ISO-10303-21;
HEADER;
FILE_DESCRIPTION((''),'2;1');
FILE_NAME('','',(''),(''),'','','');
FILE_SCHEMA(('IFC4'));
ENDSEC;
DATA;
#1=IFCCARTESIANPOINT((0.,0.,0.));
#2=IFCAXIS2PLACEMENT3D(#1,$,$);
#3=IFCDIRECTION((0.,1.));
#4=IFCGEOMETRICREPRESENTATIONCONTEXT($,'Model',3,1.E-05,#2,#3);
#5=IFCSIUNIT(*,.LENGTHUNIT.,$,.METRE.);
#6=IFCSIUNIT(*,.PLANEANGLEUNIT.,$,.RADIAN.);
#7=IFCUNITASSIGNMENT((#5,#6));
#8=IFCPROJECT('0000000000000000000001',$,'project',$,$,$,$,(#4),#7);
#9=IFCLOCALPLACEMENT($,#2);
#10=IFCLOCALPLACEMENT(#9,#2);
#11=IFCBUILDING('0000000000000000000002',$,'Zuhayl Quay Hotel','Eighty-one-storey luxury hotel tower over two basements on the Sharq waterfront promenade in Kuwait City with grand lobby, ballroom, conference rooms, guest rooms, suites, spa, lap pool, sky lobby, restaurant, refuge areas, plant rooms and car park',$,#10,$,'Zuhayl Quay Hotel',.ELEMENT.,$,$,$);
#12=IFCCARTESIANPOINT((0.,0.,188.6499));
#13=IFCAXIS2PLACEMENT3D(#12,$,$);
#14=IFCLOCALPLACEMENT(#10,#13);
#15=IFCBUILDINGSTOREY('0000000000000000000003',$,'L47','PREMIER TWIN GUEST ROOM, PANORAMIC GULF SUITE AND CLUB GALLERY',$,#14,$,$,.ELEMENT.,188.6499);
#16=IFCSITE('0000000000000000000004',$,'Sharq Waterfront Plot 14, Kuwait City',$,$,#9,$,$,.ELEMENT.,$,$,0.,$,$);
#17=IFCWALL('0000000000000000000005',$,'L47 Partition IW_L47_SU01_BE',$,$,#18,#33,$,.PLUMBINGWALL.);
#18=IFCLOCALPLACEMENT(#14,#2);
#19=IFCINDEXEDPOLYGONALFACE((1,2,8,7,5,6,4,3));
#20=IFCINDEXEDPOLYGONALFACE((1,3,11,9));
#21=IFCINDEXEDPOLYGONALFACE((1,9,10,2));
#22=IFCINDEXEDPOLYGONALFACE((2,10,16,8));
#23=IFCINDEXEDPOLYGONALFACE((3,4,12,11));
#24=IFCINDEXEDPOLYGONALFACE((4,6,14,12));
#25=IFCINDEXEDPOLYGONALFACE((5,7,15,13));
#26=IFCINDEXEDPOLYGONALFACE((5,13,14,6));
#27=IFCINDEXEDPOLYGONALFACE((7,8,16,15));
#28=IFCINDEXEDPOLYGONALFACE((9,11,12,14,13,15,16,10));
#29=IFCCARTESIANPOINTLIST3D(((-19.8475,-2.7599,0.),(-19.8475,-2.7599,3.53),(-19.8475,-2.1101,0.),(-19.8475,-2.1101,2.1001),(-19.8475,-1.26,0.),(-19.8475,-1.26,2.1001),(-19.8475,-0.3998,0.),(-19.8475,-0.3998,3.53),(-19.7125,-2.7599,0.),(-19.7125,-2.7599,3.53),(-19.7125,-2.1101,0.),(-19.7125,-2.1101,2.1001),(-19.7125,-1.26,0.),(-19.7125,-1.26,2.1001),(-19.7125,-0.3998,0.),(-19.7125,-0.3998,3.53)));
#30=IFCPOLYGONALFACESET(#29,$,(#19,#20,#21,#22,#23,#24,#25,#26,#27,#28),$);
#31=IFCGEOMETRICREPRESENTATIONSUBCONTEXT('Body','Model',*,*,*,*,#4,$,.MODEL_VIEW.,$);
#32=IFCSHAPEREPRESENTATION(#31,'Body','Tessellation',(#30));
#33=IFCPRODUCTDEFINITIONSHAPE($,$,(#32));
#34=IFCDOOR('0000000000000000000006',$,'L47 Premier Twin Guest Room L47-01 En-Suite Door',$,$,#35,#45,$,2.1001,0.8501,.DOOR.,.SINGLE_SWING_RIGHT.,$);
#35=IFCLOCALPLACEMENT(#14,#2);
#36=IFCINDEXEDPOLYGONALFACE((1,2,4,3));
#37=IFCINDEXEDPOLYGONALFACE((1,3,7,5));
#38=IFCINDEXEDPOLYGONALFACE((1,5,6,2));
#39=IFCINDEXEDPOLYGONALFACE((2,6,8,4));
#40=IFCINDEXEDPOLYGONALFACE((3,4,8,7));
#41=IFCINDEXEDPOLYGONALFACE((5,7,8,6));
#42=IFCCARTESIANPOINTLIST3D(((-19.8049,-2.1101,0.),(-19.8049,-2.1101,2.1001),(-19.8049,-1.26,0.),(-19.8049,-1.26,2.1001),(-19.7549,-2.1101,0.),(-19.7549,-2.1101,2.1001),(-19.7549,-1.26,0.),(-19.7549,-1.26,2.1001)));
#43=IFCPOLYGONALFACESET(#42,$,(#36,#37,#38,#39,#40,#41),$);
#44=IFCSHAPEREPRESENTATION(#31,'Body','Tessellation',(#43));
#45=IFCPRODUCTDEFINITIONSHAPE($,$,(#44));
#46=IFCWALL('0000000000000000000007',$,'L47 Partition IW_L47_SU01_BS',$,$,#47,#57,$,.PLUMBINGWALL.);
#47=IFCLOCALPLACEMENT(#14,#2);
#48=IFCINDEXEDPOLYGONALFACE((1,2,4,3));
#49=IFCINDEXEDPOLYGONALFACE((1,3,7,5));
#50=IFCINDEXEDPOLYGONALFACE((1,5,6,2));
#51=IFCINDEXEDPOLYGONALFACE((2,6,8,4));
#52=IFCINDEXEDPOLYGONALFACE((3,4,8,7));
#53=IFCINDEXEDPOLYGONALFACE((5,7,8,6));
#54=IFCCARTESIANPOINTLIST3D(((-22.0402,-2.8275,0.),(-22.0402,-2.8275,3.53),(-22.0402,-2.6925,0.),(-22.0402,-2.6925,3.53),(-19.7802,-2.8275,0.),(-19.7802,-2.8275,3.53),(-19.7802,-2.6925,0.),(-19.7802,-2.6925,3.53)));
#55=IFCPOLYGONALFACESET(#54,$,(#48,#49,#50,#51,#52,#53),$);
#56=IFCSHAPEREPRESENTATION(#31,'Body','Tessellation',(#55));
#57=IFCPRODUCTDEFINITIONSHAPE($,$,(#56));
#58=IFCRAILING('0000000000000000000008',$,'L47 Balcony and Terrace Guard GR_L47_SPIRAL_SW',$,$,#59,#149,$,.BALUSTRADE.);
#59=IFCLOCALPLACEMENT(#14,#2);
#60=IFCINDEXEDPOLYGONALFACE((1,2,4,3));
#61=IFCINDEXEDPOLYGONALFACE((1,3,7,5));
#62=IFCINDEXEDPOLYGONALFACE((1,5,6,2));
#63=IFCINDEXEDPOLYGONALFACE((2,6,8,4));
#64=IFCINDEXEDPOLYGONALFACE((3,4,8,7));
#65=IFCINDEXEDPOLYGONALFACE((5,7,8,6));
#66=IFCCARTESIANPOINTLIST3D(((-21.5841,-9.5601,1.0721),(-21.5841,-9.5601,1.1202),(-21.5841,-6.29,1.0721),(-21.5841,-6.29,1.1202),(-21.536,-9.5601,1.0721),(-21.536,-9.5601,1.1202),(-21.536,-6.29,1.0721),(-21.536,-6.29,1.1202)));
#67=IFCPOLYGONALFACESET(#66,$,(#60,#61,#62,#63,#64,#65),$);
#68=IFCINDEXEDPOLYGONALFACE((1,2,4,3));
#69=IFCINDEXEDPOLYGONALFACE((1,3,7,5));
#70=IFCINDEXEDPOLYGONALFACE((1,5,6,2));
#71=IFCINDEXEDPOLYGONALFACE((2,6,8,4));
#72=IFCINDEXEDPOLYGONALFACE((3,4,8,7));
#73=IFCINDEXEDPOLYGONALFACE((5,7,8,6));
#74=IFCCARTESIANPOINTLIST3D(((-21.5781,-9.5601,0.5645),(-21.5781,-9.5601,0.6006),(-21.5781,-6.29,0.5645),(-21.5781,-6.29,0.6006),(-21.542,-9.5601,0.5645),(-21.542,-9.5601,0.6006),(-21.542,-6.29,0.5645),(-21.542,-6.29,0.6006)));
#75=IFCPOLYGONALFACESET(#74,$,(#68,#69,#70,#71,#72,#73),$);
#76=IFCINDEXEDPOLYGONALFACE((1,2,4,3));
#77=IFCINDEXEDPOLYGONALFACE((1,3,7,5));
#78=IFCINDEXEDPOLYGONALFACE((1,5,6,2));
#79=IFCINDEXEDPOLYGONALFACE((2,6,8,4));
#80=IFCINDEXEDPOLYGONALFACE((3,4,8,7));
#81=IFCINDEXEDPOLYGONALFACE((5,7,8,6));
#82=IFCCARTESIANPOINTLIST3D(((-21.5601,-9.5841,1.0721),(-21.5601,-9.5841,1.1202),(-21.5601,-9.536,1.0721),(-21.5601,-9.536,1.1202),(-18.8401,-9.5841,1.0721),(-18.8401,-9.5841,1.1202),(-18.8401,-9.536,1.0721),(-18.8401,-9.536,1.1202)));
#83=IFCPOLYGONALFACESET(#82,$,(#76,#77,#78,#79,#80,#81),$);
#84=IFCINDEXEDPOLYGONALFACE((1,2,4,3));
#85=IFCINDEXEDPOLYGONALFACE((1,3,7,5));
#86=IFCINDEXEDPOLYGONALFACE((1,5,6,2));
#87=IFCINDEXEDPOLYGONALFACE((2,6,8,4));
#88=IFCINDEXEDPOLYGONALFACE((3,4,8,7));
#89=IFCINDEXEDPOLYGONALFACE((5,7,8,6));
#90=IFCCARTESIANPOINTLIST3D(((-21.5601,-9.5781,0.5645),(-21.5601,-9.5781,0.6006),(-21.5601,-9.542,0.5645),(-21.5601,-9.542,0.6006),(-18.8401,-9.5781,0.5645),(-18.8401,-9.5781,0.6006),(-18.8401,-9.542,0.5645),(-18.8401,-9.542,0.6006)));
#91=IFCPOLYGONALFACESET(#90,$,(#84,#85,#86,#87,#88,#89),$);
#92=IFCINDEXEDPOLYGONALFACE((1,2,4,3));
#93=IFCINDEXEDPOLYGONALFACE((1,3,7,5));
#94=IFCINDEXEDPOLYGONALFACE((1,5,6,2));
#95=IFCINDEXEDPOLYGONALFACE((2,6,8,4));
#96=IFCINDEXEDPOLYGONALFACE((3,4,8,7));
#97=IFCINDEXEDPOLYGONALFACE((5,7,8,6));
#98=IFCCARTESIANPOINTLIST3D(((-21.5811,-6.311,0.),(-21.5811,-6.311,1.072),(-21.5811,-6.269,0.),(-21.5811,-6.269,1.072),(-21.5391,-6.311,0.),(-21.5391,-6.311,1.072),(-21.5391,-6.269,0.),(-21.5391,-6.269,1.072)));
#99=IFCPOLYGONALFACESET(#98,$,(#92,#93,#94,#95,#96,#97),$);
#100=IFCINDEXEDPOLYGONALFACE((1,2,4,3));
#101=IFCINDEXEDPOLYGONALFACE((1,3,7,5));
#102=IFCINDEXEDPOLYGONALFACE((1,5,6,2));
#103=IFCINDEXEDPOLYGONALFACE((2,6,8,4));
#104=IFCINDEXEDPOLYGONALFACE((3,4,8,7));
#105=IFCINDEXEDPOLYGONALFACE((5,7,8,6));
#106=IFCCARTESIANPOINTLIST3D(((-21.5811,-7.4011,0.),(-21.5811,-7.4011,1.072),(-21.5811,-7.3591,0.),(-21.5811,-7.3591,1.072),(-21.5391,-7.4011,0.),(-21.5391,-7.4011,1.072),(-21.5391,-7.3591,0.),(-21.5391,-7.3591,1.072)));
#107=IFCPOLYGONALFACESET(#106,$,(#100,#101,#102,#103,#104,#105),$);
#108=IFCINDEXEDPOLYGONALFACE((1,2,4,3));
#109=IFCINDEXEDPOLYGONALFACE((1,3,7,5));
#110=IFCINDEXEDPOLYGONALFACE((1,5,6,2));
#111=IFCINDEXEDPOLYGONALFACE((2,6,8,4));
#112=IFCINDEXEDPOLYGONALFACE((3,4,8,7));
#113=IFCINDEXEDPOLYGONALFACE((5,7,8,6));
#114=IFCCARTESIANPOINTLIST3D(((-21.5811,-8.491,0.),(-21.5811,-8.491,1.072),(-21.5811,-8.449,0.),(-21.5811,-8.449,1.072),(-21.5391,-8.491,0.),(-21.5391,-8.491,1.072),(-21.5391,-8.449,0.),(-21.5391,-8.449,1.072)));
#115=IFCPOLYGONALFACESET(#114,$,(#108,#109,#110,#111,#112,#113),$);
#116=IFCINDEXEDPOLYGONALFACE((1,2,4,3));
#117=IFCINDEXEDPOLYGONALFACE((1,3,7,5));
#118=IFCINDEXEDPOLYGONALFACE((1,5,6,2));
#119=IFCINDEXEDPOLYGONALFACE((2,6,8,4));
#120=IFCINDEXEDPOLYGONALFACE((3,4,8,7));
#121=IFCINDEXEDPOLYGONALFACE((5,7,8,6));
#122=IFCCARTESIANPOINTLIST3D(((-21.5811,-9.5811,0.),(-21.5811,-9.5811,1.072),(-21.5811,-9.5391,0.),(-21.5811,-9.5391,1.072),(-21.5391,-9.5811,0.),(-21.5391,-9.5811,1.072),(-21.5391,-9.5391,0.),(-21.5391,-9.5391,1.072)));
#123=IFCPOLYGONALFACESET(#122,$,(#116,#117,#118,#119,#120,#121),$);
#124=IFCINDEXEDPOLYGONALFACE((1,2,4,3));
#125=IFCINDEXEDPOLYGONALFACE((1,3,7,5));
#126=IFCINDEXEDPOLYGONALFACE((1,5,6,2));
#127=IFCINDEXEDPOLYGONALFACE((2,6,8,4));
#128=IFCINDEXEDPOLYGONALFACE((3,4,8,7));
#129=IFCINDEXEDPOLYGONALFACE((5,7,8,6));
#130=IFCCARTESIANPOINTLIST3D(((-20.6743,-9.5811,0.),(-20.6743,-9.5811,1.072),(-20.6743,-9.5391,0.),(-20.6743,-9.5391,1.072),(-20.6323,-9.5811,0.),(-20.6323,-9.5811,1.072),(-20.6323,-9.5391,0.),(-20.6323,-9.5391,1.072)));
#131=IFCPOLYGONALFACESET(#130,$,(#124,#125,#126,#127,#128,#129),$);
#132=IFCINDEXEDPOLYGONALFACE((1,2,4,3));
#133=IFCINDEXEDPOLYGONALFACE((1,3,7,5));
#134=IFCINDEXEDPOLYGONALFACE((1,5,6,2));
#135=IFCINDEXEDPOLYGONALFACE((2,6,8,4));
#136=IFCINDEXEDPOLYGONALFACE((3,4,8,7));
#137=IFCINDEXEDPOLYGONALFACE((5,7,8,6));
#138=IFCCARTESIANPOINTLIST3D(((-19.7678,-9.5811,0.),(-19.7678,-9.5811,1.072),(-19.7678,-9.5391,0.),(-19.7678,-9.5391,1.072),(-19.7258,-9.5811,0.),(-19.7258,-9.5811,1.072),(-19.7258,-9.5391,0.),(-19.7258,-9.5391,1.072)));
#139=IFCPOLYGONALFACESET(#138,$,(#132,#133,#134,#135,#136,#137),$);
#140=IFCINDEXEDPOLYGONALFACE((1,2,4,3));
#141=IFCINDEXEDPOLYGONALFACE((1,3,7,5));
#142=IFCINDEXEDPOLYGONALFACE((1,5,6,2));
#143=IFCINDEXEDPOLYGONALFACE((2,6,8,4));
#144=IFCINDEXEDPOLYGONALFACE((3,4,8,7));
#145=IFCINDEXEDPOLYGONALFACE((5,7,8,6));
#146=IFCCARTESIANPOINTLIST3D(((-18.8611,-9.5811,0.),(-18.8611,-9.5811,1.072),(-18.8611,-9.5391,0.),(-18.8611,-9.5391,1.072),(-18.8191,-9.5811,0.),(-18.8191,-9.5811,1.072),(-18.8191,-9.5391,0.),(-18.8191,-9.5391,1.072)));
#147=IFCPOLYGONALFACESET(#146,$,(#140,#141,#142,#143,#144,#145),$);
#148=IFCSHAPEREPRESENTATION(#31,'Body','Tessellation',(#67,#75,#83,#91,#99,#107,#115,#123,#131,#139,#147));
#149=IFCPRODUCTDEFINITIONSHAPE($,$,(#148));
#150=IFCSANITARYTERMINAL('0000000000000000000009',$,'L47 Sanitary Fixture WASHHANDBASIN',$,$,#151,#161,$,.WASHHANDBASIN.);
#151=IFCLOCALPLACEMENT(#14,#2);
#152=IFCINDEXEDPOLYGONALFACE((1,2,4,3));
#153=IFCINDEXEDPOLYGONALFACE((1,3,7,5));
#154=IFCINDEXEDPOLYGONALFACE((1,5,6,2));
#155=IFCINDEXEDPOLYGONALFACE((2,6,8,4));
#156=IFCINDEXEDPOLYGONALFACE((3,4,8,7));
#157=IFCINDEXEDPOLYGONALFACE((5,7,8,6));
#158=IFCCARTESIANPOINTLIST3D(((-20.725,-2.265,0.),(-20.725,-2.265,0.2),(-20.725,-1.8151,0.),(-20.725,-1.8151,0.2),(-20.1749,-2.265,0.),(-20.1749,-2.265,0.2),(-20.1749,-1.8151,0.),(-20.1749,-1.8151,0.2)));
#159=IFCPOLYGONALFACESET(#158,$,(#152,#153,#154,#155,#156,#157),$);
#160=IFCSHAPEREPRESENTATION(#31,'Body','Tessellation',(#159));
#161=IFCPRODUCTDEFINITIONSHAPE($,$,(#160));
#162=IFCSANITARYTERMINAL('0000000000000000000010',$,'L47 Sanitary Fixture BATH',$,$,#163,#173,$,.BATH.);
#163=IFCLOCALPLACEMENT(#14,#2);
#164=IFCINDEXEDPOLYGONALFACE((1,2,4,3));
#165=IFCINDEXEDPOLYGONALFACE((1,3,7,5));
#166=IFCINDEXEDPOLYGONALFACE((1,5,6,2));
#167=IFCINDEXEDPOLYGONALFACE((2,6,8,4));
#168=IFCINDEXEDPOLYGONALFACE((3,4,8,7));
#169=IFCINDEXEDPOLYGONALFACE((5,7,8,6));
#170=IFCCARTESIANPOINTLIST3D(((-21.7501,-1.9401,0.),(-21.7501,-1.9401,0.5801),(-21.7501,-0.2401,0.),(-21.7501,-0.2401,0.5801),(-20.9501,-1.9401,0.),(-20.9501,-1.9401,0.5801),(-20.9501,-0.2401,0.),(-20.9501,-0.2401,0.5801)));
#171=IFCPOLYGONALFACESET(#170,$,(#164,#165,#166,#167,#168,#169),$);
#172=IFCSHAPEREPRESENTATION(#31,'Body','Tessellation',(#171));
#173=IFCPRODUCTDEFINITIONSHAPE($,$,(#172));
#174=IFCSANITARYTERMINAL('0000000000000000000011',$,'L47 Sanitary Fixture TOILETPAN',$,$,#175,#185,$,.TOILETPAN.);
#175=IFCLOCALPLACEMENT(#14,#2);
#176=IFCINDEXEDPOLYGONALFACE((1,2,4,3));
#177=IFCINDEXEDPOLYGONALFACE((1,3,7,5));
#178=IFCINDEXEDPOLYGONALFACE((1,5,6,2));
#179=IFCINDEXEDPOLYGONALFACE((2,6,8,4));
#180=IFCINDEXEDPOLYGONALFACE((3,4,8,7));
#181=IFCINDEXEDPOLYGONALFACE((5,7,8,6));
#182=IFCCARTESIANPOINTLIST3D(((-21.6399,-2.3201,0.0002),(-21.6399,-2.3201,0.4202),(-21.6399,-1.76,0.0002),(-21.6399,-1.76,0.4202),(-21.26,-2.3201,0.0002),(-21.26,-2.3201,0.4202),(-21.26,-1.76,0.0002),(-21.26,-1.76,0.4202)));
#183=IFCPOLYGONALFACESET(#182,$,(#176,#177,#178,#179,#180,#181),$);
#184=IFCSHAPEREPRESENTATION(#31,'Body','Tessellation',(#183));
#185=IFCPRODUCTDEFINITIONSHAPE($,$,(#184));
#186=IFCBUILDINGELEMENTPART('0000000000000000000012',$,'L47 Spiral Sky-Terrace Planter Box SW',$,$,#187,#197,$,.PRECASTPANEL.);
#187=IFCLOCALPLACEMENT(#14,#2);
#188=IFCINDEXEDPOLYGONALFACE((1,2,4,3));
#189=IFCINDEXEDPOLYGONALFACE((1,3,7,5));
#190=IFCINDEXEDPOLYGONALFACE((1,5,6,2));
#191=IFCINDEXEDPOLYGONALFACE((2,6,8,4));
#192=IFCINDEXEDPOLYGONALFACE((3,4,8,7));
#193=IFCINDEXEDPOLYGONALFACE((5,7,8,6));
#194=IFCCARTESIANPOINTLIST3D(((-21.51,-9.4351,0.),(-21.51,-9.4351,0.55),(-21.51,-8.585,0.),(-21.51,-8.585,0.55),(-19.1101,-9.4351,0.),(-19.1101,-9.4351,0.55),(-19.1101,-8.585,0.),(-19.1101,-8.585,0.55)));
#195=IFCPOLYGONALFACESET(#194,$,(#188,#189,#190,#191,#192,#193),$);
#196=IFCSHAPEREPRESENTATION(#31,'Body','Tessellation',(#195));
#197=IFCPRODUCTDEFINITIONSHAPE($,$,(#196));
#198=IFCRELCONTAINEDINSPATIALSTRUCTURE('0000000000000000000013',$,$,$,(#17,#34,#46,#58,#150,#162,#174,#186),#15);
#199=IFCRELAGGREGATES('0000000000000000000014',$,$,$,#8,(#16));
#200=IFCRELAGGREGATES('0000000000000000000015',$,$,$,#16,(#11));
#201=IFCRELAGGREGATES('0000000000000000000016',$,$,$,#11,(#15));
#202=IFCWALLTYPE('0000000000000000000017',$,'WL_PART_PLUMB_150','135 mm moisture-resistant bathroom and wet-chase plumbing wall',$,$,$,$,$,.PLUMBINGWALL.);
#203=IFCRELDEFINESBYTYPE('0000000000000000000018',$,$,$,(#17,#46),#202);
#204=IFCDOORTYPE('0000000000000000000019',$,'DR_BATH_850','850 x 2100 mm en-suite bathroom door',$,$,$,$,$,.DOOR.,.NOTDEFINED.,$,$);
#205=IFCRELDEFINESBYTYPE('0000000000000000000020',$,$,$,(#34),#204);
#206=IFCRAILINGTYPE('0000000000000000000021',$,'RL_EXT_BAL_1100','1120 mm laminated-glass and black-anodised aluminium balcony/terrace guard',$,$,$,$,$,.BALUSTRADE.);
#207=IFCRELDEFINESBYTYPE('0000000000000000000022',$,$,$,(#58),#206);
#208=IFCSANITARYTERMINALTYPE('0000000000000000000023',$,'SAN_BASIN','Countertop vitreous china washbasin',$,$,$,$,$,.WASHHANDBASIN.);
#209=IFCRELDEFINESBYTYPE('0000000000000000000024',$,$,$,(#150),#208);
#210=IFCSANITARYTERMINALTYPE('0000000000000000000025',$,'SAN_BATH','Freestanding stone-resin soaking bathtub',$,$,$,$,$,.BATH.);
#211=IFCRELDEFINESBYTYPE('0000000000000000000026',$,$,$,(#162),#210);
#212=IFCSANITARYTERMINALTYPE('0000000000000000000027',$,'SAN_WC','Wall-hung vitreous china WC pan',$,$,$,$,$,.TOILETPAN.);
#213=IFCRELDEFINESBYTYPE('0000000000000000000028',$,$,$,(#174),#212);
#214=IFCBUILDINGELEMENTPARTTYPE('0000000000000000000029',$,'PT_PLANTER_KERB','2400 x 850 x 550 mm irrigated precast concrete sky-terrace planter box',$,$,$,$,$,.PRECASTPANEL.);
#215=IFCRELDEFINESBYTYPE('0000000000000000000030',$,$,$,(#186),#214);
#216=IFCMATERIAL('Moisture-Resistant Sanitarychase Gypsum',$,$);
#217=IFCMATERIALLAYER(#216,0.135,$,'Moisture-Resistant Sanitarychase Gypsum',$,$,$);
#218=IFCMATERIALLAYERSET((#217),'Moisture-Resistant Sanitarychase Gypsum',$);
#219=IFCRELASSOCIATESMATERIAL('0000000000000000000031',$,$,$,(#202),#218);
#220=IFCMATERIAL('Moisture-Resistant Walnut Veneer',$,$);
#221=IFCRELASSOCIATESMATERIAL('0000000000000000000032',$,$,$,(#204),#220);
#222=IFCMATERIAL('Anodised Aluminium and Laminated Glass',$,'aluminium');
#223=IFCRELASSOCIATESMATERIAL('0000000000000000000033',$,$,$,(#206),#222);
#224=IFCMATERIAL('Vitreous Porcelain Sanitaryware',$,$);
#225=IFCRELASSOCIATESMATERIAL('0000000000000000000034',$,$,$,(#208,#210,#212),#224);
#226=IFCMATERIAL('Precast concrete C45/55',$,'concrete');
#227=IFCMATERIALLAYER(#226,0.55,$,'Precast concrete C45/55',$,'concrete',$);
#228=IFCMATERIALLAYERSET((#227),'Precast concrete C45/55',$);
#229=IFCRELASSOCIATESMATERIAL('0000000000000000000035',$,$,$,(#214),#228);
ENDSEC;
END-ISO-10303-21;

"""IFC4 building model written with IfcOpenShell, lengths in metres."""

from ifc_helpers import new_model, si_unit, direction, frame, frame_2d, origin, origin_2d, place, context, subcontext, project, spatial, rectangle, extrude, material, layer, layer_set, type_object, element, fill, save


model = new_model("IFC4")

# Units and contexts
model_context = context("Model", 3, precision=1e-05, world=origin(), true_north=direction((0.0, 1.0)))
body_context = subcontext(model_context, "Body", "Model", "MODEL_VIEW")
ifc_project = project(units=[si_unit("LENGTHUNIT", "METRE"), si_unit("PLANEANGLEUNIT", "RADIAN")], contexts=[model_context])

# Site, building, storey
site_placement = place(None, origin())
site = spatial("IfcSite", under=ifc_project, at=site_placement, Name="Sharq Waterfront Plot 14, Kuwait City", CompositionType="ELEMENT", RefElevation=0.0)
building_placement = place(site_placement, origin())
building = spatial("IfcBuilding", under=site, at=building_placement, Name="Zuhayl Quay Hotel", Description="Eighty-one-storey luxury hotel tower over two basements on the Sharq waterfront promenade in Kuwait City with grand lobby, ballroom, conference rooms, guest rooms, suites, spa, lap pool, sky lobby, restaurant, refuge areas, plant rooms and car park", LongName="Zuhayl Quay Hotel", CompositionType="ELEMENT")
storey_placement = place(building_placement, frame((0.0, 0.0, 188.6499)))
storey = spatial("IfcBuildingStorey", under=building, at=storey_placement, Name="L47", Description="PREMIER TWIN GUEST ROOM, PANORAMIC GULF SUITE AND CLUB GALLERY", CompositionType="ELEMENT", Elevation=188.6499)

# Shared definitions
ifc_material_1 = material(Name="Precast concrete C45/55", Category="concrete")

# Wall, opening, door
ifc_material_2 = material(Name="Moisture-Resistant Sanitarychase Gypsum")
ifc_layer_1 = layer(ifc_material_2, 0.135, Name="Moisture-Resistant Sanitarychase Gypsum")
ifc_layer_set_1 = layer_set([ifc_layer_1], Name="Moisture-Resistant Sanitarychase Gypsum")
wall_type_1 = type_object("IfcWallType", Name="WL_PART_PLUMB_150", Description="135 mm moisture-resistant bathroom and wet-chase plumbing wall", PredefinedType="PLUMBINGWALL", material=ifc_layer_set_1)
wall_1_placement = place(storey_placement, frame((-19.78, -2.76, 0.0), z_axis=(0.0, 0.0, 1.0), x_axis=(0.0, 1.0, 0.0)))
wall_1 = element("IfcWall", 1, at=wall_1_placement, inside=storey, type_object=wall_type_1, Name="L47 Partition IW_L47_SU01_BE", PredefinedType="PLUMBINGWALL", context=body_context, shape_type="SweptSolid", body=[
    extrude(rectangle(XDim=2.3601, YDim=0.135, at=frame_2d((1.1802, 0.0))), origin(), (0.0, 0.0, 1.0), 3.53),
])
opening_1_placement = place(wall_1_placement, frame((0.6499, 0.0, 0.0)))
opening_1 = element("IfcOpeningElement", 2, at=opening_1_placement, cuts=wall_1, PredefinedType="OPENING", context=body_context, shape_type="SweptSolid", body=[
    extrude(rectangle(XDim=0.8501, YDim=2.1001, at=frame_2d((0.425, 1.05))), frame((0.0, 0.0774, 0.0), z_axis=(0.0, -1.0, 0.0), x_axis=(1.0, 0.0, 0.0)), (0.0, 0.0, 1.0), 0.155),
])
ifc_material_3 = material(Name="Moisture-Resistant Walnut Veneer")
door_type_1 = type_object("IfcDoorType", Name="DR_BATH_850", Description="850 x 2100 mm en-suite bathroom door", OperationType="NOTDEFINED", PredefinedType="DOOR", material=ifc_material_3)
door_1_placement = place(opening_1_placement, origin())
door_1 = element("IfcDoor", 3, at=door_1_placement, inside=storey, type_object=door_type_1, Name="L47 Premier Twin Guest Room L47-01 En-Suite Door", OperationType="SINGLE_SWING_RIGHT", OverallHeight=2.1001, OverallWidth=0.8501, PredefinedType="DOOR", context=body_context, shape_type="SweptSolid", body=[
    extrude(rectangle(XDim=0.8501, YDim=2.1001, at=frame_2d((0.425, 1.05))), frame((0.0, 0.0249, 0.0), z_axis=(0.0, -1.0, 0.0), x_axis=(1.0, 0.0, 0.0)), (0.0, 0.0, 1.0), 0.05),
])
fill(opening_1, door_1)

# Wall
wall_2_placement = place(storey_placement, frame((-22.04, -2.76, 0.0), z_axis=(0.0, 0.0, 1.0), x_axis=(1.0, 0.0, 0.0)))
element("IfcWall", 4, at=wall_2_placement, inside=storey, type_object=wall_type_1, Name="L47 Partition IW_L47_SU01_BS", PredefinedType="PLUMBINGWALL", context=body_context, shape_type="SweptSolid", body=[
    extrude(rectangle(XDim=2.26, YDim=0.135, at=frame_2d((1.1299, 0.0))), origin(), (0.0, 0.0, 1.0), 3.53),
])

# Railing
ifc_material_4 = material(Name="Anodised Aluminium and Laminated Glass", Category="aluminium")
railing_type = type_object("IfcRailingType", Name="RL_EXT_BAL_1100", Description="1120 mm laminated-glass and black-anodised aluminium balcony/terrace guard", PredefinedType="BALUSTRADE", material=ifc_material_4)
railing_1_placement = place(storey_placement, frame((-21.5601, -6.29, 0.0)))
element("IfcRailing", 5, at=railing_1_placement, inside=storey, type_object=railing_type, Name="L47 Balcony and Terrace Guard GR_L47_SPIRAL_SW", PredefinedType="BALUSTRADE", context=body_context, shape_type="SweptSolid", body=[
    extrude(rectangle(XDim=0.0481, YDim=0.0481, at=origin_2d()), frame((0.0, 0.0, 1.0962), z_axis=(0.0, -1.0, 0.0), x_axis=(1.0, 0.0, 0.0)), (0.0, 0.0, 1.0), 3.27),
    extrude(rectangle(XDim=0.0361, YDim=0.0361, at=origin_2d()), frame((0.0, 0.0, 0.5825), z_axis=(0.0, -1.0, 0.0), x_axis=(1.0, 0.0, 0.0)), (0.0, 0.0, 1.0), 3.27),
    extrude(rectangle(XDim=0.0481, YDim=0.0481, at=origin_2d()), frame((0.0, -3.27, 1.0962), z_axis=(1.0, 0.0, 0.0), x_axis=(0.0, 1.0, 0.0)), (0.0, 0.0, 1.0), 2.72),
    extrude(rectangle(XDim=0.0361, YDim=0.0361, at=origin_2d()), frame((0.0, -3.27, 0.5825), z_axis=(1.0, 0.0, 0.0), x_axis=(0.0, 1.0, 0.0)), (0.0, 0.0, 1.0), 2.72),
    extrude(rectangle(XDim=0.042, YDim=0.042, at=origin_2d()), origin(), (0.0, 0.0, 1.0), 1.072),
    extrude(rectangle(XDim=0.042, YDim=0.042, at=origin_2d()), frame((0.0, -1.0901, 0.0)), (0.0, 0.0, 1.0), 1.072),
    extrude(rectangle(XDim=0.042, YDim=0.042, at=origin_2d()), frame((0.0, -2.1799, 0.0)), (0.0, 0.0, 1.0), 1.072),
    extrude(rectangle(XDim=0.042, YDim=0.042, at=origin_2d()), frame((0.0, -3.27, 0.0)), (0.0, 0.0, 1.0), 1.072),
    extrude(rectangle(XDim=0.042, YDim=0.042, at=origin_2d()), frame((0.9067, -3.27, 0.0)), (0.0, 0.0, 1.0), 1.072),
    extrude(rectangle(XDim=0.042, YDim=0.042, at=origin_2d()), frame((1.8132, -3.27, 0.0)), (0.0, 0.0, 1.0), 1.072),
    extrude(rectangle(XDim=0.042, YDim=0.042, at=origin_2d()), frame((2.72, -3.27, 0.0)), (0.0, 0.0, 1.0), 1.072),
])

# Sanitary terminals
ifc_material_5 = material(Name="Vitreous Porcelain Sanitaryware")
sanitary_terminal_type_1 = type_object("IfcSanitaryTerminalType", Name="SAN_BASIN", Description="Countertop vitreous china washbasin", PredefinedType="WASHHANDBASIN", material=ifc_material_5)
sanitary_terminal_1_placement = place(storey_placement, frame((-20.45, -2.04, 0.0), z_axis=(0.0, 0.0, 1.0), x_axis=(1.0, 0.0, 0.0)))
element("IfcSanitaryTerminal", 6, at=sanitary_terminal_1_placement, inside=storey, type_object=sanitary_terminal_type_1, Name="L47 Sanitary Fixture WASHHANDBASIN", PredefinedType="WASHHANDBASIN", context=body_context, shape_type="SweptSolid", body=[
    extrude(rectangle(XDim=0.55, YDim=0.45, at=origin_2d()), origin(), (0.0, 0.0, 1.0), 0.2),
])
sanitary_terminal_type_2 = type_object("IfcSanitaryTerminalType", Name="SAN_BATH", Description="Freestanding stone-resin soaking bathtub", PredefinedType="BATH", material=ifc_material_5)
sanitary_terminal_2_placement = place(storey_placement, frame((-21.3501, -1.0901, 0.0), z_axis=(0.0, 0.0, 1.0), x_axis=(1.0, 0.0, 0.0)))
element("IfcSanitaryTerminal", 7, at=sanitary_terminal_2_placement, inside=storey, type_object=sanitary_terminal_type_2, Name="L47 Sanitary Fixture BATH", PredefinedType="BATH", context=body_context, shape_type="SweptSolid", body=[
    extrude(rectangle(XDim=0.8, YDim=1.7, at=origin_2d()), origin(), (0.0, 0.0, 1.0), 0.5801),
])
sanitary_terminal_type_3 = type_object("IfcSanitaryTerminalType", Name="SAN_WC", Description="Wall-hung vitreous china WC pan", PredefinedType="TOILETPAN", material=ifc_material_5)
sanitary_terminal_3_placement = place(storey_placement, frame((-21.45, -2.04, 0.0002), z_axis=(0.0, 0.0, 1.0), x_axis=(1.0, 0.0, 0.0)))
element("IfcSanitaryTerminal", 8, at=sanitary_terminal_3_placement, inside=storey, type_object=sanitary_terminal_type_3, Name="L47 Sanitary Fixture TOILETPAN", PredefinedType="TOILETPAN", context=body_context, shape_type="SweptSolid", body=[
    extrude(rectangle(XDim=0.3799, YDim=0.5601, at=origin_2d()), origin(), (0.0, 0.0, 1.0), 0.4199),
])

# Building element part
ifc_layer_2 = layer(ifc_material_1, 0.55, Name="Precast concrete C45/55", Category="concrete")
ifc_layer_set_2 = layer_set([ifc_layer_2], Name="Precast concrete C45/55")
building_element_part_type = type_object("IfcBuildingElementPartType", Name="PT_PLANTER_KERB", Description="2400 x 850 x 550 mm irrigated precast concrete sky-terrace planter box", PredefinedType="PRECASTPANEL", material=ifc_layer_set_2)
building_element_part_placement = place(storey_placement, frame((-20.3101, -9.01, 0.0), z_axis=(0.0, 0.0, 1.0), x_axis=(1.0, 0.0, 0.0)))
element("IfcBuildingElementPart", 9, at=building_element_part_placement, inside=storey, type_object=building_element_part_type, Name="L47 Spiral Sky-Terrace Planter Box SW", PredefinedType="PRECASTPANEL", context=body_context, shape_type="SweptSolid", body=[
    extrude(rectangle(XDim=2.3999, YDim=0.8501, at=origin_2d()), origin(), (0.0, 0.0, 1.0), 0.55),
])

save(model, "model.ifc")
